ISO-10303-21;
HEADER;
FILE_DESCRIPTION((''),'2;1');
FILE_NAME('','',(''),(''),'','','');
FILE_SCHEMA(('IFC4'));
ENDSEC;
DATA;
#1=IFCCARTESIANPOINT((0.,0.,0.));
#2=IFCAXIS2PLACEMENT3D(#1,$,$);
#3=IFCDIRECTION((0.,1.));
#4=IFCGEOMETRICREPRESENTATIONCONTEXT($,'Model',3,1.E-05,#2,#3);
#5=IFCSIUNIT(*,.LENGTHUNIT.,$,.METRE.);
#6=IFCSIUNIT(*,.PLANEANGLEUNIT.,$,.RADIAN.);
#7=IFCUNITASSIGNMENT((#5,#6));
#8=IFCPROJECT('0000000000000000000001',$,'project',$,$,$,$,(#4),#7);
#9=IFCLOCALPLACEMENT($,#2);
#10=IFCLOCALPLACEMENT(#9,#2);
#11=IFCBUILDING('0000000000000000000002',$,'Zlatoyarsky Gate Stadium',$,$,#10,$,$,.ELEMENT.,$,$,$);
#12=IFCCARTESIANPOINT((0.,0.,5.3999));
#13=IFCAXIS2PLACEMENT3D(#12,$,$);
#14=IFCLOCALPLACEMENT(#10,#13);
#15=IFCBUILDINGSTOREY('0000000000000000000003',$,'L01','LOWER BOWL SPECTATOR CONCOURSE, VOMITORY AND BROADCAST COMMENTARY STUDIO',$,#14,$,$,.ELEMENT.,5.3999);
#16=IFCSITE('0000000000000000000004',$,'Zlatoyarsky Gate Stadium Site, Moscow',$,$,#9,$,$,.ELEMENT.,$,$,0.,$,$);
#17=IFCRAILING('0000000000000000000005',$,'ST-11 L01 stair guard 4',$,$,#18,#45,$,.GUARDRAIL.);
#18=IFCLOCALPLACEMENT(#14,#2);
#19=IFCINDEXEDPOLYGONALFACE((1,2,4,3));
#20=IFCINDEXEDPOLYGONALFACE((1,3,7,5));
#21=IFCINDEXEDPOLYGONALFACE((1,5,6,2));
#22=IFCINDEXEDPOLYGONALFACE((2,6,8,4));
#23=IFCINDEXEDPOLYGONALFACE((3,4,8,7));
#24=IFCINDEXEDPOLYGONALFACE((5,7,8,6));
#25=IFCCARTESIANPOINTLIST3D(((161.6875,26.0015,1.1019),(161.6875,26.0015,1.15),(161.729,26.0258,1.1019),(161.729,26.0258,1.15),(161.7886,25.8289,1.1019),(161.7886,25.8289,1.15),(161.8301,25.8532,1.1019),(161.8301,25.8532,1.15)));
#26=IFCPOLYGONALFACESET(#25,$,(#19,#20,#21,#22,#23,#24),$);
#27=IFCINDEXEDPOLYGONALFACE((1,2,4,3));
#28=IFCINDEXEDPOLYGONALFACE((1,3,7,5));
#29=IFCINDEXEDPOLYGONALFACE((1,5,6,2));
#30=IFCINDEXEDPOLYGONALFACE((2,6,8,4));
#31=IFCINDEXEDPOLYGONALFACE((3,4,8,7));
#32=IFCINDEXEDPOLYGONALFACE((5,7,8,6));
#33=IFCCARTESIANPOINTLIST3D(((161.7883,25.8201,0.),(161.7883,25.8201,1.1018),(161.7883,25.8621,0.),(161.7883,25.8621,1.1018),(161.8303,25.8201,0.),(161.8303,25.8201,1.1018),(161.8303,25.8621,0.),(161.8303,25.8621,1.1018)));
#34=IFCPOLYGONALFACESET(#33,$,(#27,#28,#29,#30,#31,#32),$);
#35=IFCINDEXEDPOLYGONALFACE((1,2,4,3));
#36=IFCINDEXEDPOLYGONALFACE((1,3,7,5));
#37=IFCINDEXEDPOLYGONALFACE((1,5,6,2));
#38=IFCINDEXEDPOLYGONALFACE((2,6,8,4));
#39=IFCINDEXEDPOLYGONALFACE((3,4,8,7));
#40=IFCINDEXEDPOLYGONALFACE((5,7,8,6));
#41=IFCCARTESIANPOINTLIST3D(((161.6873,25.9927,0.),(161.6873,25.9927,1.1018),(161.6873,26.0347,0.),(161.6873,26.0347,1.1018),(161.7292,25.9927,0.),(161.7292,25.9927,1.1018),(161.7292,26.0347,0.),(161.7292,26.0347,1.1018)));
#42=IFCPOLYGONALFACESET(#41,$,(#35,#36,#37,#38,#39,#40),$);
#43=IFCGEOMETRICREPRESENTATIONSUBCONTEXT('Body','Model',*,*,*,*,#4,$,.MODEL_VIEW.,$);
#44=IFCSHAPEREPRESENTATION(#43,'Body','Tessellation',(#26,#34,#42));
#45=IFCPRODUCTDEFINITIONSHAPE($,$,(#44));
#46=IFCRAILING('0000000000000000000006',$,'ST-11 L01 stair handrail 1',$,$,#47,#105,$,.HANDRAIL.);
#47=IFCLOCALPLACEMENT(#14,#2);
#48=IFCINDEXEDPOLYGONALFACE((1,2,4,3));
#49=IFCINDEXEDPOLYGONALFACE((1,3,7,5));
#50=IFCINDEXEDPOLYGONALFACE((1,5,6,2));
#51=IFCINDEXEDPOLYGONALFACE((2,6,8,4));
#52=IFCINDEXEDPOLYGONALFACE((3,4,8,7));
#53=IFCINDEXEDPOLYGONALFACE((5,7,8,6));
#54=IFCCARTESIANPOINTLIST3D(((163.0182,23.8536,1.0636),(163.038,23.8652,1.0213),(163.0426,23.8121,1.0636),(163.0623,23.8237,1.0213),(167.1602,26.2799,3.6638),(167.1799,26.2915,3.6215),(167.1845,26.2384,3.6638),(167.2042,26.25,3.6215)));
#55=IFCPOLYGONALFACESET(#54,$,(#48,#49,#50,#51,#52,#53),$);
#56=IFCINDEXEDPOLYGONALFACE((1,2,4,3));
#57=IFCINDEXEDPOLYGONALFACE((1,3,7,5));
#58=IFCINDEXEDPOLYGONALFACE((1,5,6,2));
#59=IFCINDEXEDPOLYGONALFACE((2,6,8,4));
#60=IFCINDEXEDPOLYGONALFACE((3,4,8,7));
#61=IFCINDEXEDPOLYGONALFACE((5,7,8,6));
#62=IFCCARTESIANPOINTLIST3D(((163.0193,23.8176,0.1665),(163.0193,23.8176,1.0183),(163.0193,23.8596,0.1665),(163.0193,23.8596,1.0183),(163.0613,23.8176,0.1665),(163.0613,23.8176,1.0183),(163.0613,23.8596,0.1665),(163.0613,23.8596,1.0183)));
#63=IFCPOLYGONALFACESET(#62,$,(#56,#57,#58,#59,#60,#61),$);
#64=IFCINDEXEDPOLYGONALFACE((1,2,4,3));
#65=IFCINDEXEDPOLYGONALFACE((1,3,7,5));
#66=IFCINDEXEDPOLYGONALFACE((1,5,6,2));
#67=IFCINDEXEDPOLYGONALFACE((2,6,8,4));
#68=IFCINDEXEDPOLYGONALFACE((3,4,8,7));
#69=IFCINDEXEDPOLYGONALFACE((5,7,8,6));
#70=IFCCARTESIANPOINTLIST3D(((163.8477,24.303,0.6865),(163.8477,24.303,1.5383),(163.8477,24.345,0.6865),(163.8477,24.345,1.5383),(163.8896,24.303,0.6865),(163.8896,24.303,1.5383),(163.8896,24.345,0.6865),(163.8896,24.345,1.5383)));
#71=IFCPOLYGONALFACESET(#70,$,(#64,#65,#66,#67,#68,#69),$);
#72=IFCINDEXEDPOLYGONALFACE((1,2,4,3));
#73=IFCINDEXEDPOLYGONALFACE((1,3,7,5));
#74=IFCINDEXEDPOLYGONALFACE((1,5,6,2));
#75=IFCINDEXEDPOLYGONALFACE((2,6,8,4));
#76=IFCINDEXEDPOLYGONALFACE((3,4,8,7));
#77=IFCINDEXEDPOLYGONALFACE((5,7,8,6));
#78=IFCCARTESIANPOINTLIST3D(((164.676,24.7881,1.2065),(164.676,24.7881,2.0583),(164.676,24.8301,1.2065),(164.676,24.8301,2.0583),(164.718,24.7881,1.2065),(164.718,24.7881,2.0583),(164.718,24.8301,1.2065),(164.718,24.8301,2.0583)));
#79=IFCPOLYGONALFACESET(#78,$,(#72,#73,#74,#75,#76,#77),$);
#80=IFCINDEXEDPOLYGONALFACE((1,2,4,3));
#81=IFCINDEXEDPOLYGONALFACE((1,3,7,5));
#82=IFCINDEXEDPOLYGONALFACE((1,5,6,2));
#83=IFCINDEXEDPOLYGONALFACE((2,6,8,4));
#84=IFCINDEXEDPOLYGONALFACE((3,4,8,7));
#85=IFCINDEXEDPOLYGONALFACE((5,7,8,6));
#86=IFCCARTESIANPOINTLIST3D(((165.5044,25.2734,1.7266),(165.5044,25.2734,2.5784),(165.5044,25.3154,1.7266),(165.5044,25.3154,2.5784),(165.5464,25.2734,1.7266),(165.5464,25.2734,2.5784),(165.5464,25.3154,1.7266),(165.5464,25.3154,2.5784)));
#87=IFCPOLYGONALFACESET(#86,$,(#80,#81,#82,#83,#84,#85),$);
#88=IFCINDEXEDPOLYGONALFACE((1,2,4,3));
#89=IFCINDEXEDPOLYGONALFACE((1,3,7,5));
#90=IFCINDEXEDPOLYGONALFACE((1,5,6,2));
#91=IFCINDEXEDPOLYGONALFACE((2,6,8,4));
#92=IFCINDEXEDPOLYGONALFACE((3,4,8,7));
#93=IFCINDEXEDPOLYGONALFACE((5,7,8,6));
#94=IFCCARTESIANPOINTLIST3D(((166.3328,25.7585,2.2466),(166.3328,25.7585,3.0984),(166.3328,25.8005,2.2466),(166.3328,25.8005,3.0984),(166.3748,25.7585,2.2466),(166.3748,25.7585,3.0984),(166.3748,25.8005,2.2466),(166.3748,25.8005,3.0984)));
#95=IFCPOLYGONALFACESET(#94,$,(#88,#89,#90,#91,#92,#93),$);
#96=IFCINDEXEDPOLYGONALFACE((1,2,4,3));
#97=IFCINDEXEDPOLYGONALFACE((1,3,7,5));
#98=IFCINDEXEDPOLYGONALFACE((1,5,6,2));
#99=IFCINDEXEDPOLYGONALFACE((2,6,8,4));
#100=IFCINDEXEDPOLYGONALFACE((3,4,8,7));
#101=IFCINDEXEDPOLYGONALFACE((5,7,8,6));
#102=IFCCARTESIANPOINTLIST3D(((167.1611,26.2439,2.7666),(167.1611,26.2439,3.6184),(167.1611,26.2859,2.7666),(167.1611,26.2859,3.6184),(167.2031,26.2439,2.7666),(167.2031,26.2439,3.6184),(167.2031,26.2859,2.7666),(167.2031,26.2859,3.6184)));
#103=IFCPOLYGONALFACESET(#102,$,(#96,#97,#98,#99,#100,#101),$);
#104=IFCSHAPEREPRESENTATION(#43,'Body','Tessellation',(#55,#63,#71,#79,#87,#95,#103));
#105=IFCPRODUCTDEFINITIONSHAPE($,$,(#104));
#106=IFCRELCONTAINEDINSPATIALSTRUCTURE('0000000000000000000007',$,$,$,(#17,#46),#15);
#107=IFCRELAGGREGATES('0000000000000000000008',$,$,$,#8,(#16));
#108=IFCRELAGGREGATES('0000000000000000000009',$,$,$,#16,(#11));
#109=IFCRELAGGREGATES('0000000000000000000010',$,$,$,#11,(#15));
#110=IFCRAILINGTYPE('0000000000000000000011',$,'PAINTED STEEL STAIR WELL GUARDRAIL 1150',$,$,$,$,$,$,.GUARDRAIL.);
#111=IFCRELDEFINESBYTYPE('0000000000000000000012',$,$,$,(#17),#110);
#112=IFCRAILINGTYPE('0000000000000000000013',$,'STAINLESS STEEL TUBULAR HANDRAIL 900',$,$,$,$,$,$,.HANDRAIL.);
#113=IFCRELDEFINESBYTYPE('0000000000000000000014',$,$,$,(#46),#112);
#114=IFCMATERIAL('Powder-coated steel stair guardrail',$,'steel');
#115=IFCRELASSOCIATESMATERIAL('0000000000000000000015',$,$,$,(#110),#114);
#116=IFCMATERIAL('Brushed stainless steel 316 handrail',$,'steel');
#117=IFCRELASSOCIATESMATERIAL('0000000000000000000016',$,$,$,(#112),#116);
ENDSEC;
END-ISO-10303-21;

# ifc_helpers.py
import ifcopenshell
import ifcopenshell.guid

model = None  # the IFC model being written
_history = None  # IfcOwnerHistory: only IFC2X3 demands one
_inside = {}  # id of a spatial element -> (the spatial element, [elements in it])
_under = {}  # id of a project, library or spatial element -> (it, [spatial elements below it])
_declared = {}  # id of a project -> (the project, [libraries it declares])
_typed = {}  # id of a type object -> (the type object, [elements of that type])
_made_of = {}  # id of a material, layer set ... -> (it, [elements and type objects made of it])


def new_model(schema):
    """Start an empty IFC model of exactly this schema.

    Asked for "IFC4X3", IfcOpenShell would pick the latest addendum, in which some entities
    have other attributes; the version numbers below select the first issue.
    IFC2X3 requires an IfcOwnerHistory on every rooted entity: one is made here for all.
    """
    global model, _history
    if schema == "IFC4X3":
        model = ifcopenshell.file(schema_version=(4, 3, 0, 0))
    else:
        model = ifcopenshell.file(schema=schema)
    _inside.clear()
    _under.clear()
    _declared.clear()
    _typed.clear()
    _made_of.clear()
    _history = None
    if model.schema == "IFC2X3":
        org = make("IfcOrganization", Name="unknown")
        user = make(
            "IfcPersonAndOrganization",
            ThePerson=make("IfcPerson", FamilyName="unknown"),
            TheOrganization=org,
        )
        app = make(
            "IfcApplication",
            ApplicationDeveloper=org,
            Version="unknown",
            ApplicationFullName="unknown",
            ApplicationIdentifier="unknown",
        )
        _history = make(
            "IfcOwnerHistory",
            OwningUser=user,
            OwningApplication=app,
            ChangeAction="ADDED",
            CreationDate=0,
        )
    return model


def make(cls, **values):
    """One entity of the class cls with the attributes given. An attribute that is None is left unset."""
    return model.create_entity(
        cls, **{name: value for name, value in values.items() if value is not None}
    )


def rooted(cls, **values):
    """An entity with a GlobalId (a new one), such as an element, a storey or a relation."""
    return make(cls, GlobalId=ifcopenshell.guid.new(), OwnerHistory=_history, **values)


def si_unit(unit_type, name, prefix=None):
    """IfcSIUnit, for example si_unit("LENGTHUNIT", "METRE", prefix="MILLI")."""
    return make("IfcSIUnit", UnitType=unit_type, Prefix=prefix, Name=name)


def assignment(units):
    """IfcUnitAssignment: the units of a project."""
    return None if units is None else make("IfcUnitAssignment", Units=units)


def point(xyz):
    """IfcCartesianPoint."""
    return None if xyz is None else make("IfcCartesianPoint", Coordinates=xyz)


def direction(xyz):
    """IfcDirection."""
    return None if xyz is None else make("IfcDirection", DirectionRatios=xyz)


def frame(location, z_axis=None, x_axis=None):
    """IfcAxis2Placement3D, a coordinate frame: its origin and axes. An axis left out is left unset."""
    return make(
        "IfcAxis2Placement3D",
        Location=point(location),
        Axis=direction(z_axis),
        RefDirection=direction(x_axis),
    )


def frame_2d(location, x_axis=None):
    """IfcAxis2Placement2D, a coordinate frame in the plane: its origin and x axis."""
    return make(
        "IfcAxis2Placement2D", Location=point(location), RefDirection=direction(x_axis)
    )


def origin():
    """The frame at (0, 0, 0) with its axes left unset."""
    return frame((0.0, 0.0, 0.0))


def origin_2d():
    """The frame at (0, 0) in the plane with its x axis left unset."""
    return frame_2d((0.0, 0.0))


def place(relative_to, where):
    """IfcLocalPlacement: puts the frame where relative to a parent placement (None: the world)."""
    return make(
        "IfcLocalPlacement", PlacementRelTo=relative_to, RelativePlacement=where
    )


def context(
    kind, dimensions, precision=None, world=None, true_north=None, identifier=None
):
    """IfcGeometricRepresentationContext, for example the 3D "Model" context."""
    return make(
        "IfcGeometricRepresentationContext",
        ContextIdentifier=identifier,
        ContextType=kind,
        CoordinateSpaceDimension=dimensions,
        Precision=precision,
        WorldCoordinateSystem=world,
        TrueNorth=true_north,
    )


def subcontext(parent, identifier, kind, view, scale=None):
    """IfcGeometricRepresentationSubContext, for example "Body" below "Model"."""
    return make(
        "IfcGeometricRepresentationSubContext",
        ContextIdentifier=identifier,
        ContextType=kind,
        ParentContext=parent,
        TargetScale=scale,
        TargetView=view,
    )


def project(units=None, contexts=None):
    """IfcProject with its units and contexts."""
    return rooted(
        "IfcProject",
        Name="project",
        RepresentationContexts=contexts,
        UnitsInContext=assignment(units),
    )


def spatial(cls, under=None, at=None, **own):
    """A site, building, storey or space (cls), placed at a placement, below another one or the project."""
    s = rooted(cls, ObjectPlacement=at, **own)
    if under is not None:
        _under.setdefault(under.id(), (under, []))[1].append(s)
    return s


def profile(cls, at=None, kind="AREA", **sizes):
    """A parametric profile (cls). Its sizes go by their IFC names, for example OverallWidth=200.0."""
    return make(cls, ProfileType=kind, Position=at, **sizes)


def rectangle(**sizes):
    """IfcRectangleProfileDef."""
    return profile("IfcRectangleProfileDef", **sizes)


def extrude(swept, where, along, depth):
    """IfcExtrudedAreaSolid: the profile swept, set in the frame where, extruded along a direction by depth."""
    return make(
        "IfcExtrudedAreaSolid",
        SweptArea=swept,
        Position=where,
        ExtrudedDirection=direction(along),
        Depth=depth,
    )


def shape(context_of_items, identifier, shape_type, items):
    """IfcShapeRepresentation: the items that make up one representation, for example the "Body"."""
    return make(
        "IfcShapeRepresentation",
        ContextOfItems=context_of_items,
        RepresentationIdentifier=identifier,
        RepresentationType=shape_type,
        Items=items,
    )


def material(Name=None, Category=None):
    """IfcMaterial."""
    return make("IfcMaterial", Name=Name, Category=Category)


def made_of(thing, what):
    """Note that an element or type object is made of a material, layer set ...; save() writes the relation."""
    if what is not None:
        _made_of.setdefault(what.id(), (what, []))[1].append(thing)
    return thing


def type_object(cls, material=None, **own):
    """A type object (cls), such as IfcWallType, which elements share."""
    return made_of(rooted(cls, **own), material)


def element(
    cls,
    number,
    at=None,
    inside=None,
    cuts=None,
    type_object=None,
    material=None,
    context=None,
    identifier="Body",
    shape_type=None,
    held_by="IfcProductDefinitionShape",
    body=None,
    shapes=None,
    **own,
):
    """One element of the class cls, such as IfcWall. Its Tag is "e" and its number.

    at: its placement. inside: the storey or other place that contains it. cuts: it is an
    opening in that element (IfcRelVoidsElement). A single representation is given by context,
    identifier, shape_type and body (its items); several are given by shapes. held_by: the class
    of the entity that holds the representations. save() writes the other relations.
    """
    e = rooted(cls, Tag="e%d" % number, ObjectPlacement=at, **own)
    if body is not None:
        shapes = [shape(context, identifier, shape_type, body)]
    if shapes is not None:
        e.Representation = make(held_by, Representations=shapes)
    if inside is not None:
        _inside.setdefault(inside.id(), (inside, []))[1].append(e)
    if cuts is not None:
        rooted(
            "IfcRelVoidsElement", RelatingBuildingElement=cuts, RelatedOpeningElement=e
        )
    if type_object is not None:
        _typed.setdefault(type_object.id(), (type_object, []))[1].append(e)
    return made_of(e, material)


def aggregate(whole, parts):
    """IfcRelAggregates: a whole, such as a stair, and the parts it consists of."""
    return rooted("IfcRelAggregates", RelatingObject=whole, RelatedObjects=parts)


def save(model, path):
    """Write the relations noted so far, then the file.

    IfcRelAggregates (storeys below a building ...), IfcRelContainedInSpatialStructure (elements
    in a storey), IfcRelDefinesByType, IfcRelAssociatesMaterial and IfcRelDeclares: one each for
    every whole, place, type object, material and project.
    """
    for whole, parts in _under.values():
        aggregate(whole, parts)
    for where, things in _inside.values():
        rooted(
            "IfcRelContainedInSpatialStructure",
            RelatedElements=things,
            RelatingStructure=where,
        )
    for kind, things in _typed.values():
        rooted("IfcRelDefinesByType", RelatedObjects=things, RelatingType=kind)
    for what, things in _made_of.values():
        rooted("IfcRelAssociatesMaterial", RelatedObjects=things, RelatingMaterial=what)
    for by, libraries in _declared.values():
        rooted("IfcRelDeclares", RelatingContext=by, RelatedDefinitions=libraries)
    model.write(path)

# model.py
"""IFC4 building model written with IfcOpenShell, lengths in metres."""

from ifc_helpers import new_model, si_unit, direction, frame, origin, origin_2d, place, context, subcontext, project, spatial, rectangle, extrude, material, type_object, element, save


model = new_model("IFC4")

# Units and contexts
model_context = context("Model", 3, precision=1e-05, world=origin(), true_north=direction((0.0, 1.0)))
body_context = subcontext(model_context, "Body", "Model", "MODEL_VIEW")
ifc_project = project(units=[si_unit("LENGTHUNIT", "METRE"), si_unit("PLANEANGLEUNIT", "RADIAN")], contexts=[model_context])

# Site, building, storey
site_placement = place(None, origin())
site = spatial("IfcSite", under=ifc_project, at=site_placement, Name="Zlatoyarsky Gate Stadium Site, Moscow", CompositionType="ELEMENT", RefElevation=0.0)
building_placement = place(site_placement, origin())
building = spatial("IfcBuilding", under=site, at=building_placement, Name="Zlatoyarsky Gate Stadium", CompositionType="ELEMENT")
storey_placement = place(building_placement, frame((0.0, 0.0, 5.3999)))
storey = spatial("IfcBuildingStorey", under=building, at=storey_placement, Name="L01", Description="LOWER BOWL SPECTATOR CONCOURSE, VOMITORY AND BROADCAST COMMENTARY STUDIO", CompositionType="ELEMENT", Elevation=5.3999)

# Railings
ifc_material_1 = material(Name="Powder-coated steel stair guardrail", Category="steel")
railing_type_1 = type_object("IfcRailingType", Name="PAINTED STEEL STAIR WELL GUARDRAIL 1150", PredefinedType="GUARDRAIL", material=ifc_material_1)
railing_1_placement = place(storey_placement, frame((161.8093, 25.8411, 0.0)))
element("IfcRailing", 1, at=railing_1_placement, inside=storey, type_object=railing_type_1, Name="ST-11 L01 stair guard 4", PredefinedType="GUARDRAIL", context=body_context, shape_type="SweptSolid", body=[
    extrude(rectangle(XDim=0.0481, YDim=0.0481, at=origin_2d()), frame((0.0, 0.0, 1.126), z_axis=(-0.505312, 0.862937, 0.0), x_axis=(-0.862937, -0.505312, 0.0)), (0.0, 0.0, 1.0), 0.2),
    extrude(rectangle(XDim=0.042, YDim=0.042, at=origin_2d()), origin(), (0.0, 0.0, 1.0), 1.1018),
    extrude(rectangle(XDim=0.042, YDim=0.042, at=origin_2d()), frame((-0.1011, 0.1726, 0.0)), (0.0, 0.0, 1.0), 1.1018),
])
ifc_material_2 = material(Name="Brushed stainless steel 316 handrail", Category="steel")
railing_type_2 = type_object("IfcRailingType", Name="STAINLESS STEEL TUBULAR HANDRAIL 900", PredefinedType="HANDRAIL", material=ifc_material_2)
railing_2_placement = place(storey_placement, frame((163.0403, 23.8386, 0.1665)))
element("IfcRailing", 2, at=railing_2_placement, inside=storey, type_object=railing_type_2, Name="ST-11 L01 stair handrail 1", PredefinedType="HANDRAIL", context=body_context, shape_type="SweptSolid", body=[
    extrude(rectangle(XDim=0.0481, YDim=0.0481, at=origin_2d()), frame((0.0, 0.0, 0.876), z_axis=(0.7587, 0.444442, 0.476284), x_axis=(-0.505455, 0.862853, 0.0)), (0.0, 0.0, 1.0), 5.4592),
    extrude(rectangle(XDim=0.042, YDim=0.042, at=origin_2d()), origin(), (0.0, 0.0, 1.0), 0.8518),
    extrude(rectangle(XDim=0.042, YDim=0.042, at=origin_2d()), frame((0.8284, 0.4854, 0.52)), (0.0, 0.0, 1.0), 0.8518),
    extrude(rectangle(XDim=0.042, YDim=0.042, at=origin_2d()), frame((1.6567, 0.9705, 1.04)), (0.0, 0.0, 1.0), 0.8518),
    extrude(rectangle(XDim=0.042, YDim=0.042, at=origin_2d()), frame((2.4851, 1.4558, 1.5601)), (0.0, 0.0, 1.0), 0.8518),
    extrude(rectangle(XDim=0.042, YDim=0.042, at=origin_2d()), frame((3.3135, 1.9409, 2.0801)), (0.0, 0.0, 1.0), 0.8518),
    extrude(rectangle(XDim=0.042, YDim=0.042, at=origin_2d()), frame((4.1418, 2.4263, 2.6001)), (0.0, 0.0, 1.0), 0.8518),
])

save(model, "model.ifc")
